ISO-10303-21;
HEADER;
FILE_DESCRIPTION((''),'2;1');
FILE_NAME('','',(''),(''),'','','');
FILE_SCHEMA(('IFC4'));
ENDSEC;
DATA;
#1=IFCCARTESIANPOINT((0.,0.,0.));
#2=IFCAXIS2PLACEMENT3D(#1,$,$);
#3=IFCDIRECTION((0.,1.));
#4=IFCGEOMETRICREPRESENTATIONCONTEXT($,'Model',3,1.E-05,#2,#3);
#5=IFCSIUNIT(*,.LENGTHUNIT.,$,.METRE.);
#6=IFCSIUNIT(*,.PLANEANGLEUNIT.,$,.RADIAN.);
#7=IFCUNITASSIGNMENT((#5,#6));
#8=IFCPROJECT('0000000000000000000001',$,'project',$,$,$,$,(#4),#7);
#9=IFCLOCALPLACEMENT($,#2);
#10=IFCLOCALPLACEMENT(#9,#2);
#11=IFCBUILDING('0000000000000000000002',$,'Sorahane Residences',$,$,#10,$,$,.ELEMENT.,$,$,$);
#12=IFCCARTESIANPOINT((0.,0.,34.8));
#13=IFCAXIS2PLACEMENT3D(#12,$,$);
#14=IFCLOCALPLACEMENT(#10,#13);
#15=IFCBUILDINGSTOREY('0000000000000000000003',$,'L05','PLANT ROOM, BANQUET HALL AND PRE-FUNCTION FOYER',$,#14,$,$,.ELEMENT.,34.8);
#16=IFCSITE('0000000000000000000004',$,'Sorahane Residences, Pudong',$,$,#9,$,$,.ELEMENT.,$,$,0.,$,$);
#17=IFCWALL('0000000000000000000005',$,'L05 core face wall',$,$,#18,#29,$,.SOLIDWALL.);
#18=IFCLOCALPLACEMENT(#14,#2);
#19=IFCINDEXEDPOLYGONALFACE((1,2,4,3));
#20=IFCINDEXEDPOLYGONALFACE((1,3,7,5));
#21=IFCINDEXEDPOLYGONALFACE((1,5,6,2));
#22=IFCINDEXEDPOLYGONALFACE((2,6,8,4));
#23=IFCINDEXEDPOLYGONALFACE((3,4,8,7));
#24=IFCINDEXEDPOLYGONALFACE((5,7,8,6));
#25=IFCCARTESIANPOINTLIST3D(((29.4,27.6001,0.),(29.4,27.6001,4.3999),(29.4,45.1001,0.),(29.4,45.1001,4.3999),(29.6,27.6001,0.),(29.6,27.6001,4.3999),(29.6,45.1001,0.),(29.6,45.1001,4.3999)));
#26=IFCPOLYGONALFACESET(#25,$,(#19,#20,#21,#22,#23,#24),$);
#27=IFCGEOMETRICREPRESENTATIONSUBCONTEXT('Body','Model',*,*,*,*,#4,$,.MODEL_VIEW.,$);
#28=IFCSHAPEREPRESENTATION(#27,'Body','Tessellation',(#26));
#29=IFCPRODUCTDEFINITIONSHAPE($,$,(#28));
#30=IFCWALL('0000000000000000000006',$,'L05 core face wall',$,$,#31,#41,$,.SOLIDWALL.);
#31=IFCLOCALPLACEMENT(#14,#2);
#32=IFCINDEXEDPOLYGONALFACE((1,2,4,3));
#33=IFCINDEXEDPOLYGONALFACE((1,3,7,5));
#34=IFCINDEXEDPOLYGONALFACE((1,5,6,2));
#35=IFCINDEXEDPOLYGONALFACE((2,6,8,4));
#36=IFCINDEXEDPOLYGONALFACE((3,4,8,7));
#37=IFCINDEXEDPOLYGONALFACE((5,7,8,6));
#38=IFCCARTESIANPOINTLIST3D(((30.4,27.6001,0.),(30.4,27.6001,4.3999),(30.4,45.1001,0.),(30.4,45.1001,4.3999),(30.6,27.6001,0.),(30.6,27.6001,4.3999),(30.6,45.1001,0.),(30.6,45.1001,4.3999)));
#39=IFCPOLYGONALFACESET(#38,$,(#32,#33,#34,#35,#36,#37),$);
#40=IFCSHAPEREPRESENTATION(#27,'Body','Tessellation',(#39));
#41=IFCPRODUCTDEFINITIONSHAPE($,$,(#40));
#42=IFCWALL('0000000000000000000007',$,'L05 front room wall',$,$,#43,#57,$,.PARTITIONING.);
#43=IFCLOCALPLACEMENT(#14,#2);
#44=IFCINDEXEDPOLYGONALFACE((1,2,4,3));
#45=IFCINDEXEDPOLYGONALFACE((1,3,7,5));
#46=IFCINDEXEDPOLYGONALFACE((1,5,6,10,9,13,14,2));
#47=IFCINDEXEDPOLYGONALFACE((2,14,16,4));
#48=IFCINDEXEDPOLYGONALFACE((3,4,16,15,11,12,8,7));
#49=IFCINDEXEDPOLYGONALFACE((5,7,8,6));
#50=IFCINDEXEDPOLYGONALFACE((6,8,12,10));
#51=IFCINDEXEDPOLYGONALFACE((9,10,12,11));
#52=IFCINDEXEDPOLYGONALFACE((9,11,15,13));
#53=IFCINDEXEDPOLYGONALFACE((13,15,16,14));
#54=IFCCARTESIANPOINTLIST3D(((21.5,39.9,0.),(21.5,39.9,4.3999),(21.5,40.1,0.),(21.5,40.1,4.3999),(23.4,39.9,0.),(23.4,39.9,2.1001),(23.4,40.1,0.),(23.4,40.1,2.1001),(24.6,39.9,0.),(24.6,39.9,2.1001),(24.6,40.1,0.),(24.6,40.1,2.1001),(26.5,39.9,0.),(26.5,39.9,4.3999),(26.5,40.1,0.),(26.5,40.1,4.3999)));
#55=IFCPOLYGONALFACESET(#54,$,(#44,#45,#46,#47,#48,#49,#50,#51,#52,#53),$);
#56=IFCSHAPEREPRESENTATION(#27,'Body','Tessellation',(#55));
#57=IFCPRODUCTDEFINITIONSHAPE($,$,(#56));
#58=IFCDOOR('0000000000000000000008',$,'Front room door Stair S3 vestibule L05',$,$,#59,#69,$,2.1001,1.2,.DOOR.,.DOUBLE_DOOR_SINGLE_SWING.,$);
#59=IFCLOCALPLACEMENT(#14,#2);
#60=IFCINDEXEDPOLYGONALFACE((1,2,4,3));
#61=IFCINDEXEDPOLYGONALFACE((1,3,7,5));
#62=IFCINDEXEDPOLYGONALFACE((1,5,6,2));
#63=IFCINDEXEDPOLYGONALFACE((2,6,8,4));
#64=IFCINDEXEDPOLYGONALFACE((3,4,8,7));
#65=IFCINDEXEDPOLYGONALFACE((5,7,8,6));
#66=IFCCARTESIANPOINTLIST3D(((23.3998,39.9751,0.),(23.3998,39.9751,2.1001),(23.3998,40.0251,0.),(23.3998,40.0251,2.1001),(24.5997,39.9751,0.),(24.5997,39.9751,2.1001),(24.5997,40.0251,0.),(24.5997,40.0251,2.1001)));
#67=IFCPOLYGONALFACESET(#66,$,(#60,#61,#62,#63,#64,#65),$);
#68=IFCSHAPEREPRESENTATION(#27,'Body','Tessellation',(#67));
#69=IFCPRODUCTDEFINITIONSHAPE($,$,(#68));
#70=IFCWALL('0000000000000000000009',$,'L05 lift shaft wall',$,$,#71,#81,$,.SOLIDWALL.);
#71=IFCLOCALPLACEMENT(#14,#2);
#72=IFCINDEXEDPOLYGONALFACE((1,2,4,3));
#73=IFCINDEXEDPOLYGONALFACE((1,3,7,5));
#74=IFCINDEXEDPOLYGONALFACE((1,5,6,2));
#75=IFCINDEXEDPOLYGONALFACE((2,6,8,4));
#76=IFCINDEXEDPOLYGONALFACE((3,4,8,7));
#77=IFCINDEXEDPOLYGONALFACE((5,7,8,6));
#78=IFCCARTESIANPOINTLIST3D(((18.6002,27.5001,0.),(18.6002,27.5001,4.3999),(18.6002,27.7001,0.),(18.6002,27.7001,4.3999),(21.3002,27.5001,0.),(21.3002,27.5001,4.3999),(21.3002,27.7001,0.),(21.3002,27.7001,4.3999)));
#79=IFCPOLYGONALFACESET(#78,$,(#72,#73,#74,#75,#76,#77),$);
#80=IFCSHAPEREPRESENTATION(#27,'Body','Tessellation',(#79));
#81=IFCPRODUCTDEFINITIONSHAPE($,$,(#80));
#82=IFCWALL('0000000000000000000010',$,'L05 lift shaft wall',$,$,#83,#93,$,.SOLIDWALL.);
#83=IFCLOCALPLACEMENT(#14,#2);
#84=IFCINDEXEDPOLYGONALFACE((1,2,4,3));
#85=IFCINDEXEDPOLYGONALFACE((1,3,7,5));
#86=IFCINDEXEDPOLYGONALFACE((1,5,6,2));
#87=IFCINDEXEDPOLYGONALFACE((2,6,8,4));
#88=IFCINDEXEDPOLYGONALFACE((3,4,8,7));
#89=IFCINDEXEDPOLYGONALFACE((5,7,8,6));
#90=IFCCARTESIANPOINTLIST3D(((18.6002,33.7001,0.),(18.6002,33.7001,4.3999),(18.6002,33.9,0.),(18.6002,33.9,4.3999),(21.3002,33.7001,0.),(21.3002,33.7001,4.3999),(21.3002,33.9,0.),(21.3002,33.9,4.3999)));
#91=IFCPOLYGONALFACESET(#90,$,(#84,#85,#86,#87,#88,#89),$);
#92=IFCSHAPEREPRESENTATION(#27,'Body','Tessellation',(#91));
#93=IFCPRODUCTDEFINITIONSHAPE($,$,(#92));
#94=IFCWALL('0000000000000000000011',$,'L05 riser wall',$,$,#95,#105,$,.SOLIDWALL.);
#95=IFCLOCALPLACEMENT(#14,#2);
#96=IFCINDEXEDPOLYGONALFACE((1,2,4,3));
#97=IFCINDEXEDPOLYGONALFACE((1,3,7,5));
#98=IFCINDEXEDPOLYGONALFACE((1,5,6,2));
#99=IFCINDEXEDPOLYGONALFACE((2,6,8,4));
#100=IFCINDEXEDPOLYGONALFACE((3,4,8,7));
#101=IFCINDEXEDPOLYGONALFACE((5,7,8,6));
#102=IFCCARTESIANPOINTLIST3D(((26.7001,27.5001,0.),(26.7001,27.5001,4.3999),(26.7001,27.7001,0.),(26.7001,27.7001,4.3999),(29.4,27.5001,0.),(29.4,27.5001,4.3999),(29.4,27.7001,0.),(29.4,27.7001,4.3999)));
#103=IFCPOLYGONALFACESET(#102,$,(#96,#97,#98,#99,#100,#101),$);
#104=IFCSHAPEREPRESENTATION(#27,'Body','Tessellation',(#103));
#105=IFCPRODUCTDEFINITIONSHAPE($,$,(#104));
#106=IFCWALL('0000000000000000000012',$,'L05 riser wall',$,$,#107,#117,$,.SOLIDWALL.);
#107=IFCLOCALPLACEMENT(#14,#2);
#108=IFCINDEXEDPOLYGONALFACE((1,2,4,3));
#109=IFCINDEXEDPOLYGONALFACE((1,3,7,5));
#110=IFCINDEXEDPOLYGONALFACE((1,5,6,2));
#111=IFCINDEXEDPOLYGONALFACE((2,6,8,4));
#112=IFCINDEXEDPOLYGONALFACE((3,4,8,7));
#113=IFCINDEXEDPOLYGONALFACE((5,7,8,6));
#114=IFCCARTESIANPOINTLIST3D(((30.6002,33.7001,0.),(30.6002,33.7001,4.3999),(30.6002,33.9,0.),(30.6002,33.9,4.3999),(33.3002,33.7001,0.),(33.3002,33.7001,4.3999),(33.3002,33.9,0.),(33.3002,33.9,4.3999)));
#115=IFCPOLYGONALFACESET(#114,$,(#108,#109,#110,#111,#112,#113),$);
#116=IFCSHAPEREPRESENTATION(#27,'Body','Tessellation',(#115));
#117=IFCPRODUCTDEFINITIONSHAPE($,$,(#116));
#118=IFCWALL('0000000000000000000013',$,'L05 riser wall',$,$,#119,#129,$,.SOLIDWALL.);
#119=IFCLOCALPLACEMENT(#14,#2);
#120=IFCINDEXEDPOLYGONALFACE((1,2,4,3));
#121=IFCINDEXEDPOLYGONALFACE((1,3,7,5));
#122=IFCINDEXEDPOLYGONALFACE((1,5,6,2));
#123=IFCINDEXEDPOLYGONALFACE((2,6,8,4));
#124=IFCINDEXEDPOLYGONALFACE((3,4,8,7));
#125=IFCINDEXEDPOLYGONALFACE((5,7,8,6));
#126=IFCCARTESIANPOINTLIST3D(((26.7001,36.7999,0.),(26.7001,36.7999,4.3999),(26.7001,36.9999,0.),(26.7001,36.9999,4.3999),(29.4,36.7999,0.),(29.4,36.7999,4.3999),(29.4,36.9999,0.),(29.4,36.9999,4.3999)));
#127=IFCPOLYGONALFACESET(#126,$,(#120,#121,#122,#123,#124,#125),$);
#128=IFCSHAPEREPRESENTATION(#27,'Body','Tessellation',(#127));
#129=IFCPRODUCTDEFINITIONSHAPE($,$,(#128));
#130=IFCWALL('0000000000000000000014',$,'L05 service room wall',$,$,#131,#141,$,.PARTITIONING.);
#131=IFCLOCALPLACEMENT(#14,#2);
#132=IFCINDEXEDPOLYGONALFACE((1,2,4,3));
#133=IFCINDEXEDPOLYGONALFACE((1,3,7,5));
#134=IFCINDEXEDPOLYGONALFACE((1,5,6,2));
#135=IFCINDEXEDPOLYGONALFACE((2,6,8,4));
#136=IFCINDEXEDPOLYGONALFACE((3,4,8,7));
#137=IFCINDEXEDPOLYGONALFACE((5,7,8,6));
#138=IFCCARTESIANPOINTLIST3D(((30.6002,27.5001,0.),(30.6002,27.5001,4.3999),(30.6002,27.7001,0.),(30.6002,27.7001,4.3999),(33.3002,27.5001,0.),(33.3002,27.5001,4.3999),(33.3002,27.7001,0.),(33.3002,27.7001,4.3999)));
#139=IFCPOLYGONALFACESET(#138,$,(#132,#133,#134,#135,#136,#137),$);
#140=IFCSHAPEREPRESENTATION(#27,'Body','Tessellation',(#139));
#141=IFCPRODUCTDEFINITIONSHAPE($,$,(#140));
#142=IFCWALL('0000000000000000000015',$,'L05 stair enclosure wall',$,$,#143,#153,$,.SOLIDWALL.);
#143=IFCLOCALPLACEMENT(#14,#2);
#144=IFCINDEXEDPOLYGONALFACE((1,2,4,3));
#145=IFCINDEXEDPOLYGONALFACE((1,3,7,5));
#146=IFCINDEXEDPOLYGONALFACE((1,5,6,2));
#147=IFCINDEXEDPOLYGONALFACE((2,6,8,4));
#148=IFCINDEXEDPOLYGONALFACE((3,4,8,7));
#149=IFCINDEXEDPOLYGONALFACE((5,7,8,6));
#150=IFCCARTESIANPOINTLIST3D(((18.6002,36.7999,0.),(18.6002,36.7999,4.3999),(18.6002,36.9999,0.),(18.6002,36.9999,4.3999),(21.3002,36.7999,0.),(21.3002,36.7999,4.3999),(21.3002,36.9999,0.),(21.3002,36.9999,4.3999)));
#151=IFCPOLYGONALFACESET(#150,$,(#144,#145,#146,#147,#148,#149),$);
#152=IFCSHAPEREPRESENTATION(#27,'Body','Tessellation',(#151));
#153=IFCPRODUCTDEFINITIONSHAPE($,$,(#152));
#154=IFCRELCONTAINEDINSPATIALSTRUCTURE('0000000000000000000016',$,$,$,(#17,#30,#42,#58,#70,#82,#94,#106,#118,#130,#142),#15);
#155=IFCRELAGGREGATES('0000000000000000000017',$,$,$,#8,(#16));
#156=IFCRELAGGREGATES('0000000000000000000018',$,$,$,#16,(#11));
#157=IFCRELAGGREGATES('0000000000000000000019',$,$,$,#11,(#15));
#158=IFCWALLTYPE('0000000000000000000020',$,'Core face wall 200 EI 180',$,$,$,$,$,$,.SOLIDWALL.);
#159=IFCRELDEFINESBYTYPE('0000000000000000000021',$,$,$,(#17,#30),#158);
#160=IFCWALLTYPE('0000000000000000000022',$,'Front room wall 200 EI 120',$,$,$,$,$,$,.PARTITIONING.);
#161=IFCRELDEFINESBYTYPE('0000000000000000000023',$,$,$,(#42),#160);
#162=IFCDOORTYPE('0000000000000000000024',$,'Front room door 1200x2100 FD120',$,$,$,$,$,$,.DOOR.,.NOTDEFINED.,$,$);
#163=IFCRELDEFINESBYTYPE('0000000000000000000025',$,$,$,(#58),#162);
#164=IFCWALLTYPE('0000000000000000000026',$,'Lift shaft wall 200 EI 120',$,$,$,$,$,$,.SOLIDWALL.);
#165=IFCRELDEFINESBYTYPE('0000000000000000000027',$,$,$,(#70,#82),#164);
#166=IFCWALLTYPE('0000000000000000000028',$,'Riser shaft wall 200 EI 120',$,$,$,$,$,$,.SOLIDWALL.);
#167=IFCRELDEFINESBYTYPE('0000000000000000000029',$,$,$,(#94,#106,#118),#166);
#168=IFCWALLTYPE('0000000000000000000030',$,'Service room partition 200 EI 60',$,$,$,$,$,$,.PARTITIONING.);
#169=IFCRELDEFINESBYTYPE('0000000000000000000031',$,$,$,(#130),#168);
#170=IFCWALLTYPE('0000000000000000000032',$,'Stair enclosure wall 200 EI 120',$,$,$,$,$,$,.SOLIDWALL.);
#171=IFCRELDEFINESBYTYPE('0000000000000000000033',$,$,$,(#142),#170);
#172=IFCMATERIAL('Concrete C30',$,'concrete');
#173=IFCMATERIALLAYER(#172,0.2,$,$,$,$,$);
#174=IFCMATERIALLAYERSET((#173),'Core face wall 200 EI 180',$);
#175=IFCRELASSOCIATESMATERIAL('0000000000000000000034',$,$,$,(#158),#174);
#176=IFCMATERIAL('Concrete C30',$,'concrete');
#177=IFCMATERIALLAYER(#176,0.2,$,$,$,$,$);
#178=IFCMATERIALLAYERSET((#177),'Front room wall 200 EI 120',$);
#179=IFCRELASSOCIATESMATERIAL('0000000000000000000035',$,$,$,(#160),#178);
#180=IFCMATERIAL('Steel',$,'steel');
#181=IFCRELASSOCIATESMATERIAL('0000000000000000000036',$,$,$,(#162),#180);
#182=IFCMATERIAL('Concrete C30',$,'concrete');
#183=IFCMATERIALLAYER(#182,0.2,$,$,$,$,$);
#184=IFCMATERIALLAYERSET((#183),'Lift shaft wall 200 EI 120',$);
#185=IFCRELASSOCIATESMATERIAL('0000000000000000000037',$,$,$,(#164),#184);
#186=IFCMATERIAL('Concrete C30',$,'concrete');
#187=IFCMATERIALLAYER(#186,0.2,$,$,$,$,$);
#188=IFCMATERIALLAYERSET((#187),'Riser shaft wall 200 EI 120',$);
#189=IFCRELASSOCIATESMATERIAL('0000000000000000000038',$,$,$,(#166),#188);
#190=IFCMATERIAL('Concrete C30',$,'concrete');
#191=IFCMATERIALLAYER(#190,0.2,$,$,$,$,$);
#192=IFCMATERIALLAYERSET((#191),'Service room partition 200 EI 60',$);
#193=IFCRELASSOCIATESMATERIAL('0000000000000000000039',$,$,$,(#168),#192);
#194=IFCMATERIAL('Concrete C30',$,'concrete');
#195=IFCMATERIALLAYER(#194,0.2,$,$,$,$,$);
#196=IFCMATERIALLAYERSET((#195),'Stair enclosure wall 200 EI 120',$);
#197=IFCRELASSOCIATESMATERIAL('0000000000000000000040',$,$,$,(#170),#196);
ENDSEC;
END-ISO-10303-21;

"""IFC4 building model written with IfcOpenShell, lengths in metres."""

from ifc_helpers import new_model, si_unit, direction, frame, frame_2d, origin, place, context, subcontext, project, spatial, rectangle, extrude, material, layer, layer_set, type_object, element, fill, save


model = new_model("IFC4")

# Units and contexts
model_context = context("Model", 3, precision=1e-05, world=origin(), true_north=direction((0.0, 1.0)))
body_context = subcontext(model_context, "Body", "Model", "MODEL_VIEW")
ifc_project = project(units=[si_unit("LENGTHUNIT", "METRE"), si_unit("PLANEANGLEUNIT", "RADIAN")], contexts=[model_context])

# Site, building, storey
site_placement = place(None, origin())
site = spatial("IfcSite", under=ifc_project, at=site_placement, Name="Sorahane Residences, Pudong", CompositionType="ELEMENT", RefElevation=0.0)
building_placement = place(site_placement, origin())
building = spatial("IfcBuilding", under=site, at=building_placement, Name="Sorahane Residences", CompositionType="ELEMENT")
storey_placement = place(building_placement, frame((0.0, 0.0, 34.8)))
storey = spatial("IfcBuildingStorey", under=building, at=storey_placement, Name="L05", Description="PLANT ROOM, BANQUET HALL AND PRE-FUNCTION FOYER", CompositionType="ELEMENT", Elevation=34.8)

# Walls
ifc_material_1 = material(Name="Concrete C30", Category="concrete")
ifc_layer_1 = layer(ifc_material_1, 0.2)
ifc_layer_set_1 = layer_set([ifc_layer_1], Name="Core face wall 200 EI 180")
wall_type_1 = type_object("IfcWallType", Name="Core face wall 200 EI 180", PredefinedType="SOLIDWALL", material=ifc_layer_set_1)
for number, where, z_axis, x_axis, name in (
    (1, (29.5, 27.6001, 0.0), (0.0, 0.0, 1.0), (0.0, 1.0, 0.0), "L05 core face wall"),
    (2, (30.5, 27.6001, 0.0), (0.0, 0.0, 1.0), (0.0, 1.0, 0.0), "L05 core face wall"),
):
    element("IfcWall", number, at=place(storey_placement, frame(where, z_axis=z_axis, x_axis=x_axis)), inside=storey, type_object=wall_type_1, Name=name, PredefinedType="SOLIDWALL", context=body_context, shape_type="SweptSolid", body=[
        extrude(rectangle(XDim=17.5, YDim=0.2, at=frame_2d((8.75, 0.0))), origin(), (0.0, 0.0, 1.0), 4.3999),
    ])

# Wall, opening, door
ifc_material_2 = material(Name="Concrete C30", Category="concrete")
ifc_layer_2 = layer(ifc_material_2, 0.2)
ifc_layer_set_2 = layer_set([ifc_layer_2], Name="Front room wall 200 EI 120")
wall_type_2 = type_object("IfcWallType", Name="Front room wall 200 EI 120", PredefinedType="PARTITIONING", material=ifc_layer_set_2)
wall_1_placement = place(storey_placement, frame((21.5, 40.0, 0.0), z_axis=(0.0, 0.0, 1.0), x_axis=(1.0, 0.0, 0.0)))
wall_1 = element("IfcWall", 3, at=wall_1_placement, inside=storey, type_object=wall_type_2, Name="L05 front room wall", PredefinedType="PARTITIONING", context=body_context, shape_type="SweptSolid", body=[
    extrude(rectangle(XDim=5.0, YDim=0.2, at=frame_2d((2.5, 0.0))), origin(), (0.0, 0.0, 1.0), 4.3999),
])
opening_placement = place(wall_1_placement, frame((1.8999, 0.0, 0.0)))
opening = element("IfcOpeningElement", 4, at=opening_placement, cuts=wall_1, PredefinedType="OPENING", context=body_context, shape_type="SweptSolid", body=[
    extrude(rectangle(XDim=1.2, YDim=2.1001, at=frame_2d((0.6001, 1.05))), frame((0.0, 0.1099, 0.0), z_axis=(0.0, -1.0, 0.0), x_axis=(1.0, 0.0, 0.0)), (0.0, 0.0, 1.0), 0.22),
])
ifc_material_3 = material(Name="Steel", Category="steel")
door_type = type_object("IfcDoorType", Name="Front room door 1200x2100 FD120", OperationType="NOTDEFINED", PredefinedType="DOOR", material=ifc_material_3)
door_placement = place(opening_placement, frame((1.2, 0.0, 0.0), z_axis=(0.0, 0.0, 1.0), x_axis=(-1.0, 0.0, 0.0)))
door = element("IfcDoor", 5, at=door_placement, inside=storey, type_object=door_type, Name="Front room door Stair S3 vestibule L05", OperationType="DOUBLE_DOOR_SINGLE_SWING", OverallHeight=2.1001, OverallWidth=1.2, PredefinedType="DOOR", context=body_context, shape_type="SweptSolid", body=[
    extrude(rectangle(XDim=1.2, YDim=2.1001, at=frame_2d((0.6001, 1.05))), frame((0.0, 0.0249, 0.0), z_axis=(0.0, -1.0, 0.0), x_axis=(1.0, 0.0, 0.0)), (0.0, 0.0, 1.0), 0.05),
])
fill(opening, door)

# Walls
ifc_material_4 = material(Name="Concrete C30", Category="concrete")
ifc_layer_3 = layer(ifc_material_4, 0.2)
ifc_layer_set_3 = layer_set([ifc_layer_3], Name="Lift shaft wall 200 EI 120")
wall_type_3 = type_object("IfcWallType", Name="Lift shaft wall 200 EI 120", PredefinedType="SOLIDWALL", material=ifc_layer_set_3)
for number, where, z_axis, x_axis, name in (
    (6, (18.6001, 27.6001, 0.0), (0.0, 0.0, 1.0), (1.0, 0.0, 0.0), "L05 lift shaft wall"),
    (7, (18.6001, 33.8, 0.0), (0.0, 0.0, 1.0), (1.0, 0.0, 0.0), "L05 lift shaft wall"),
):
    element("IfcWall", number, at=place(storey_placement, frame(where, z_axis=z_axis, x_axis=x_axis)), inside=storey, type_object=wall_type_3, Name=name, PredefinedType="SOLIDWALL", context=body_context, shape_type="SweptSolid", body=[
        extrude(rectangle(XDim=2.7, YDim=0.2, at=frame_2d((1.3501, 0.0))), origin(), (0.0, 0.0, 1.0), 4.3999),
    ])
ifc_material_5 = material(Name="Concrete C30", Category="concrete")
ifc_layer_4 = layer(ifc_material_5, 0.2)
ifc_layer_set_4 = layer_set([ifc_layer_4], Name="Riser shaft wall 200 EI 120")
wall_type_4 = type_object("IfcWallType", Name="Riser shaft wall 200 EI 120", PredefinedType="SOLIDWALL", material=ifc_layer_set_4)
for number, where, z_axis, x_axis, name in (
    (8, (26.7, 27.6001, 0.0), (0.0, 0.0, 1.0), (1.0, 0.0, 0.0), "L05 riser wall"),
    (9, (30.6001, 33.8, 0.0), (0.0, 0.0, 1.0), (1.0, 0.0, 0.0), "L05 riser wall"),
    (10, (26.7, 36.8999, 0.0), (0.0, 0.0, 1.0), (1.0, 0.0, 0.0), "L05 riser wall"),
):
    element("IfcWall", number, at=place(storey_placement, frame(where, z_axis=z_axis, x_axis=x_axis)), inside=storey, type_object=wall_type_4, Name=name, PredefinedType="SOLIDWALL", context=body_context, shape_type="SweptSolid", body=[
        extrude(rectangle(XDim=2.7, YDim=0.2, at=frame_2d((1.3501, 0.0))), origin(), (0.0, 0.0, 1.0), 4.3999),
    ])
ifc_material_6 = material(Name="Concrete C30", Category="concrete")
ifc_layer_5 = layer(ifc_material_6, 0.2)
ifc_layer_set_5 = layer_set([ifc_layer_5], Name="Service room partition 200 EI 60")
wall_type_5 = type_object("IfcWallType", Name="Service room partition 200 EI 60", PredefinedType="PARTITIONING", material=ifc_layer_set_5)
wall_2_placement = place(storey_placement, frame((30.6001, 27.6001, 0.0), z_axis=(0.0, 0.0, 1.0), x_axis=(1.0, 0.0, 0.0)))
element("IfcWall", 11, at=wall_2_placement, inside=storey, type_object=wall_type_5, Name="L05 service room wall", PredefinedType="PARTITIONING", context=body_context, shape_type="SweptSolid", body=[
    extrude(rectangle(XDim=2.7, YDim=0.2, at=frame_2d((1.3501, 0.0))), origin(), (0.0, 0.0, 1.0), 4.3999),
])
ifc_material_7 = material(Name="Concrete C30", Category="concrete")
ifc_layer_6 = layer(ifc_material_7, 0.2)
ifc_layer_set_6 = layer_set([ifc_layer_6], Name="Stair enclosure wall 200 EI 120")
wall_type_6 = type_object("IfcWallType", Name="Stair enclosure wall 200 EI 120", PredefinedType="SOLIDWALL", material=ifc_layer_set_6)
wall_3_placement = place(storey_placement, frame((18.6001, 36.8999, 0.0), z_axis=(0.0, 0.0, 1.0), x_axis=(1.0, 0.0, 0.0)))
element("IfcWall", 12, at=wall_3_placement, inside=storey, type_object=wall_type_6, Name="L05 stair enclosure wall", PredefinedType="SOLIDWALL", context=body_context, shape_type="SweptSolid", body=[
    extrude(rectangle(XDim=2.7, YDim=0.2, at=frame_2d((1.3501, 0.0))), origin(), (0.0, 0.0, 1.0), 4.3999),
])

save(model, "model.ifc")
